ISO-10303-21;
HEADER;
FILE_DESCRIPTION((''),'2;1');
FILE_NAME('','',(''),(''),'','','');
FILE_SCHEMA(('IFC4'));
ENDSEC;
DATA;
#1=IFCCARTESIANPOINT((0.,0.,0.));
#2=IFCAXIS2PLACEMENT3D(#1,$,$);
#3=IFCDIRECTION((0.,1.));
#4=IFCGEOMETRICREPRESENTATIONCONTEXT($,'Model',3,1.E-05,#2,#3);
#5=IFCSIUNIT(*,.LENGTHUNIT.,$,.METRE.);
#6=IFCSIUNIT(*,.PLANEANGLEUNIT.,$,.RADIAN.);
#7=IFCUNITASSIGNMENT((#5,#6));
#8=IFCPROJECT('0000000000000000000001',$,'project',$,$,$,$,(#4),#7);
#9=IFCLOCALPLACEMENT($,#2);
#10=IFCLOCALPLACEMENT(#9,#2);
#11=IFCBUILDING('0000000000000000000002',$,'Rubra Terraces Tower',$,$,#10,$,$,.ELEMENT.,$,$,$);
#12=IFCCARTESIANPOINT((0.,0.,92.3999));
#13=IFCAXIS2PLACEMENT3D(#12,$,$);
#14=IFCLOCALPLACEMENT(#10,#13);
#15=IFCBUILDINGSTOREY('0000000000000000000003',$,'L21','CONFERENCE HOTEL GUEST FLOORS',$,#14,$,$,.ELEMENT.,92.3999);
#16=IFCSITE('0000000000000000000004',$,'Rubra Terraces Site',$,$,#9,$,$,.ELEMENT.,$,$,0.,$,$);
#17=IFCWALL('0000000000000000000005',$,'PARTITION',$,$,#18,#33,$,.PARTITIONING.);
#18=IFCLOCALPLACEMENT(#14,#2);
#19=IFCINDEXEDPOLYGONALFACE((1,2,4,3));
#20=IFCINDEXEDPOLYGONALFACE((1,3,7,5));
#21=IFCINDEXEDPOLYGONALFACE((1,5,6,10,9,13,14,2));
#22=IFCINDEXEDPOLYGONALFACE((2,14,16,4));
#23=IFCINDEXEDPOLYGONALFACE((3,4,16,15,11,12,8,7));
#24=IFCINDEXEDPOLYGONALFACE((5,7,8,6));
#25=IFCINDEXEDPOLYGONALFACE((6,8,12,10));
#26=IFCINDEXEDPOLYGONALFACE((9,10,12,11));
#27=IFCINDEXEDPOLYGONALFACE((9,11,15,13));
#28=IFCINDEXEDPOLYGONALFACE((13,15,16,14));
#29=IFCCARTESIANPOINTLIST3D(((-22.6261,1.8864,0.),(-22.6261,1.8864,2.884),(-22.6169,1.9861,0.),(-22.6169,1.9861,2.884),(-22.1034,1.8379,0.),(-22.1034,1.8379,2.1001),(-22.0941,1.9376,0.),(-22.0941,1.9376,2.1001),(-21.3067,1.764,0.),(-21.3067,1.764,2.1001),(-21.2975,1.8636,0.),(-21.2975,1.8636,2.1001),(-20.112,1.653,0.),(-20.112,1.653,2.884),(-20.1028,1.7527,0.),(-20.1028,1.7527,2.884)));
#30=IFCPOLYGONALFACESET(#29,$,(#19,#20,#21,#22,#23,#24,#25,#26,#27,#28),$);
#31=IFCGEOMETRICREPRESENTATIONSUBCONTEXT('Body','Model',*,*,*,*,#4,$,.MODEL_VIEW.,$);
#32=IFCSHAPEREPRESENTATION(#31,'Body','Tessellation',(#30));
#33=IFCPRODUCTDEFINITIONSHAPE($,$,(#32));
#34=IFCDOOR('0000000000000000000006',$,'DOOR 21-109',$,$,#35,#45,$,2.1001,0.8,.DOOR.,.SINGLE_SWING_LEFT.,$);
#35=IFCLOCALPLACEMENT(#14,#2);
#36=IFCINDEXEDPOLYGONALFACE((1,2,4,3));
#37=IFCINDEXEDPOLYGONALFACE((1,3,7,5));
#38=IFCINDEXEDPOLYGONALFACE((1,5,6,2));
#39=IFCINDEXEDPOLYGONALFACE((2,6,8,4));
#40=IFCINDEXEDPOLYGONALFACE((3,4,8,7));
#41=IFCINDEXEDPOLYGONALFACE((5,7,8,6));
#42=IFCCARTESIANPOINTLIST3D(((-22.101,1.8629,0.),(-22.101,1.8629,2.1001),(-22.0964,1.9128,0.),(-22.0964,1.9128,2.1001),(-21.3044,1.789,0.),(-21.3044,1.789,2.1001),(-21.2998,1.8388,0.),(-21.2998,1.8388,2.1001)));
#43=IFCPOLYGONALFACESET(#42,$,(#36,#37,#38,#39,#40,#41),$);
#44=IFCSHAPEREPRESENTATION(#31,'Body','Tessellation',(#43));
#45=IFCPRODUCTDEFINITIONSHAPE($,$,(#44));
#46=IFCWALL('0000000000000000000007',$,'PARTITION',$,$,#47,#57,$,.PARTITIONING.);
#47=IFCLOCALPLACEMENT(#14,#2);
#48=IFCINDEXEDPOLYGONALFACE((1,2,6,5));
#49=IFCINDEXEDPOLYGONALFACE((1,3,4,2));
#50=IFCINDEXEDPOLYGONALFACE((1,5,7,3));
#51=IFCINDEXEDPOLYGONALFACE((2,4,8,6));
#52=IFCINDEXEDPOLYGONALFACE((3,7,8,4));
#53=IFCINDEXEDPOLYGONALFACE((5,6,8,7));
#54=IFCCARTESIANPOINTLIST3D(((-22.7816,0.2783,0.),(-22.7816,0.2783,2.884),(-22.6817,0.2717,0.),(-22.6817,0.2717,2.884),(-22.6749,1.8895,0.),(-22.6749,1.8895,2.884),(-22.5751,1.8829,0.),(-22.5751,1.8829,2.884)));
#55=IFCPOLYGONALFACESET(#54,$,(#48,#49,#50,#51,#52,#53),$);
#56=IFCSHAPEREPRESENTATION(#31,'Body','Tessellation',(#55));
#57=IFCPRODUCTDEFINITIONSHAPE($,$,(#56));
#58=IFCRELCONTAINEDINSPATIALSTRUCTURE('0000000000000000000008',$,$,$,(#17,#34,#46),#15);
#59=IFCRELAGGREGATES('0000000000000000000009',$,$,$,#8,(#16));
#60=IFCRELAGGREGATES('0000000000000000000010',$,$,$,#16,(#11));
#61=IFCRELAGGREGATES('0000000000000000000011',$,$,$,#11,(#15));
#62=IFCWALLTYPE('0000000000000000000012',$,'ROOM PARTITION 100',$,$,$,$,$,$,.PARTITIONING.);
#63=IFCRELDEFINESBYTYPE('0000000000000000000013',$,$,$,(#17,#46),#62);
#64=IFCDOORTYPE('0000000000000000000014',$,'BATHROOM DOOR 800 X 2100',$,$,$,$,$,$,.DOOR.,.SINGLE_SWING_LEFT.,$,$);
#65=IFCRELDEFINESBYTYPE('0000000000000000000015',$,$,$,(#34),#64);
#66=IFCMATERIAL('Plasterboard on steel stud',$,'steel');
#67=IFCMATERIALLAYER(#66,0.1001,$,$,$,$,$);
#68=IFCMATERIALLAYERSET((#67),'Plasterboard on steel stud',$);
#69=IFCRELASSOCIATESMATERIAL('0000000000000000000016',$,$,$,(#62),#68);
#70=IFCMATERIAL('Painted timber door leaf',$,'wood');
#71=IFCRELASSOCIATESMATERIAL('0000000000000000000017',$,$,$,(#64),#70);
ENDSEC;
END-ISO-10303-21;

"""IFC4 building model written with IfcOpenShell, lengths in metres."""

from ifc_helpers import new_model, si_unit, direction, frame, frame_2d, origin, place, context, subcontext, project, spatial, rectangle, extrude, material, layer, layer_set, type_object, element, fill, save


model = new_model("IFC4")

# Units and contexts
model_context = context("Model", 3, precision=1e-05, world=origin(), true_north=direction((0.0, 1.0)))
body_context = subcontext(model_context, "Body", "Model", "MODEL_VIEW")
ifc_project = project(units=[si_unit("LENGTHUNIT", "METRE"), si_unit("PLANEANGLEUNIT", "RADIAN")], contexts=[model_context])

# Site, building, storey
site_placement = place(None, origin())
site = spatial("IfcSite", under=ifc_project, at=site_placement, Name="Rubra Terraces Site", CompositionType="ELEMENT", RefElevation=0.0)
building_placement = place(site_placement, origin())
building = spatial("IfcBuilding", under=site, at=building_placement, Name="Rubra Terraces Tower", CompositionType="ELEMENT")
storey_placement = place(building_placement, frame((0.0, 0.0, 92.3999)))
storey = spatial("IfcBuildingStorey", under=building, at=storey_placement, Name="L21", Description="CONFERENCE HOTEL GUEST FLOORS", CompositionType="ELEMENT", Elevation=92.3999)

# Shared definitions
ifc_material_1 = material(Name="Painted timber door leaf", Category="wood")

# Wall, opening, door
ifc_material_2 = material(Name="Plasterboard on steel stud", Category="steel")
ifc_layer_1 = layer(ifc_material_2, 0.1001)
ifc_layer_set_1 = layer_set([ifc_layer_1], Name="Plasterboard on steel stud")
wall_type_1 = type_object("IfcWallType", Name="ROOM PARTITION 100", PredefinedType="PARTITIONING", material=ifc_layer_set_1)
wall_1_placement = place(storey_placement, frame((-20.1074, 1.7029, 0.0), z_axis=(0.0, 0.0, 1.0), x_axis=(-0.995719, 0.092436, 0.0)))
wall_1 = element("IfcWall", 1, at=wall_1_placement, inside=storey, type_object=wall_type_1, Name="PARTITION", PredefinedType="PARTITIONING", context=body_context, shape_type="SweptSolid", body=[
    extrude(rectangle(XDim=2.5249, YDim=0.1001, at=frame_2d((1.2625, 0.0))), origin(), (0.0, 0.0, 1.0), 2.884),
])
opening_1_placement = place(wall_1_placement, frame((1.2, 0.0, 0.0)))
opening_1 = element("IfcOpeningElement", 2, at=opening_1_placement, cuts=wall_1, PredefinedType="OPENING", context=body_context, shape_type="SweptSolid", body=[
    extrude(rectangle(XDim=0.8, YDim=2.1001, at=frame_2d((0.3999, 1.05))), frame((0.0, 0.0601, 0.0), z_axis=(0.0, -1.0, 0.0), x_axis=(1.0, 0.0, 0.0)), (0.0, 0.0, 1.0), 0.1201),
])
door_type_1 = type_object("IfcDoorType", Name="BATHROOM DOOR 800 X 2100", OperationType="SINGLE_SWING_LEFT", PredefinedType="DOOR", material=ifc_material_1)
door_1_placement = place(opening_1_placement, origin())
door_1 = element("IfcDoor", 3, at=door_1_placement, inside=storey, type_object=door_type_1, Name="DOOR 21-109", OperationType="SINGLE_SWING_LEFT", OverallHeight=2.1001, OverallWidth=0.8, PredefinedType="DOOR", context=body_context, shape_type="SweptSolid", body=[
    extrude(rectangle(XDim=0.8, YDim=2.1001, at=frame_2d((0.3999, 1.05))), frame((0.0, 0.0249, 0.0), z_axis=(0.0, -1.0, 0.0), x_axis=(1.0, 0.0, 0.0)), (0.0, 0.0, 1.0), 0.05),
])
fill(opening_1, door_1)

# Wall
wall_2_placement = place(storey_placement, frame((-22.625, 1.8862, 0.0), z_axis=(0.0, 0.0, 1.0), x_axis=(-0.066067, -0.997815, 0.0)))
element("IfcWall", 4, at=wall_2_placement, inside=storey, type_object=wall_type_1, Name="PARTITION", PredefinedType="PARTITIONING", context=body_context, shape_type="SweptSolid", body=[
    extrude(rectangle(XDim=1.6147, YDim=0.1001, at=frame_2d((0.8074, 0.0))), origin(), (0.0, 0.0, 1.0), 2.884),
])

save(model, "model.ifc")
